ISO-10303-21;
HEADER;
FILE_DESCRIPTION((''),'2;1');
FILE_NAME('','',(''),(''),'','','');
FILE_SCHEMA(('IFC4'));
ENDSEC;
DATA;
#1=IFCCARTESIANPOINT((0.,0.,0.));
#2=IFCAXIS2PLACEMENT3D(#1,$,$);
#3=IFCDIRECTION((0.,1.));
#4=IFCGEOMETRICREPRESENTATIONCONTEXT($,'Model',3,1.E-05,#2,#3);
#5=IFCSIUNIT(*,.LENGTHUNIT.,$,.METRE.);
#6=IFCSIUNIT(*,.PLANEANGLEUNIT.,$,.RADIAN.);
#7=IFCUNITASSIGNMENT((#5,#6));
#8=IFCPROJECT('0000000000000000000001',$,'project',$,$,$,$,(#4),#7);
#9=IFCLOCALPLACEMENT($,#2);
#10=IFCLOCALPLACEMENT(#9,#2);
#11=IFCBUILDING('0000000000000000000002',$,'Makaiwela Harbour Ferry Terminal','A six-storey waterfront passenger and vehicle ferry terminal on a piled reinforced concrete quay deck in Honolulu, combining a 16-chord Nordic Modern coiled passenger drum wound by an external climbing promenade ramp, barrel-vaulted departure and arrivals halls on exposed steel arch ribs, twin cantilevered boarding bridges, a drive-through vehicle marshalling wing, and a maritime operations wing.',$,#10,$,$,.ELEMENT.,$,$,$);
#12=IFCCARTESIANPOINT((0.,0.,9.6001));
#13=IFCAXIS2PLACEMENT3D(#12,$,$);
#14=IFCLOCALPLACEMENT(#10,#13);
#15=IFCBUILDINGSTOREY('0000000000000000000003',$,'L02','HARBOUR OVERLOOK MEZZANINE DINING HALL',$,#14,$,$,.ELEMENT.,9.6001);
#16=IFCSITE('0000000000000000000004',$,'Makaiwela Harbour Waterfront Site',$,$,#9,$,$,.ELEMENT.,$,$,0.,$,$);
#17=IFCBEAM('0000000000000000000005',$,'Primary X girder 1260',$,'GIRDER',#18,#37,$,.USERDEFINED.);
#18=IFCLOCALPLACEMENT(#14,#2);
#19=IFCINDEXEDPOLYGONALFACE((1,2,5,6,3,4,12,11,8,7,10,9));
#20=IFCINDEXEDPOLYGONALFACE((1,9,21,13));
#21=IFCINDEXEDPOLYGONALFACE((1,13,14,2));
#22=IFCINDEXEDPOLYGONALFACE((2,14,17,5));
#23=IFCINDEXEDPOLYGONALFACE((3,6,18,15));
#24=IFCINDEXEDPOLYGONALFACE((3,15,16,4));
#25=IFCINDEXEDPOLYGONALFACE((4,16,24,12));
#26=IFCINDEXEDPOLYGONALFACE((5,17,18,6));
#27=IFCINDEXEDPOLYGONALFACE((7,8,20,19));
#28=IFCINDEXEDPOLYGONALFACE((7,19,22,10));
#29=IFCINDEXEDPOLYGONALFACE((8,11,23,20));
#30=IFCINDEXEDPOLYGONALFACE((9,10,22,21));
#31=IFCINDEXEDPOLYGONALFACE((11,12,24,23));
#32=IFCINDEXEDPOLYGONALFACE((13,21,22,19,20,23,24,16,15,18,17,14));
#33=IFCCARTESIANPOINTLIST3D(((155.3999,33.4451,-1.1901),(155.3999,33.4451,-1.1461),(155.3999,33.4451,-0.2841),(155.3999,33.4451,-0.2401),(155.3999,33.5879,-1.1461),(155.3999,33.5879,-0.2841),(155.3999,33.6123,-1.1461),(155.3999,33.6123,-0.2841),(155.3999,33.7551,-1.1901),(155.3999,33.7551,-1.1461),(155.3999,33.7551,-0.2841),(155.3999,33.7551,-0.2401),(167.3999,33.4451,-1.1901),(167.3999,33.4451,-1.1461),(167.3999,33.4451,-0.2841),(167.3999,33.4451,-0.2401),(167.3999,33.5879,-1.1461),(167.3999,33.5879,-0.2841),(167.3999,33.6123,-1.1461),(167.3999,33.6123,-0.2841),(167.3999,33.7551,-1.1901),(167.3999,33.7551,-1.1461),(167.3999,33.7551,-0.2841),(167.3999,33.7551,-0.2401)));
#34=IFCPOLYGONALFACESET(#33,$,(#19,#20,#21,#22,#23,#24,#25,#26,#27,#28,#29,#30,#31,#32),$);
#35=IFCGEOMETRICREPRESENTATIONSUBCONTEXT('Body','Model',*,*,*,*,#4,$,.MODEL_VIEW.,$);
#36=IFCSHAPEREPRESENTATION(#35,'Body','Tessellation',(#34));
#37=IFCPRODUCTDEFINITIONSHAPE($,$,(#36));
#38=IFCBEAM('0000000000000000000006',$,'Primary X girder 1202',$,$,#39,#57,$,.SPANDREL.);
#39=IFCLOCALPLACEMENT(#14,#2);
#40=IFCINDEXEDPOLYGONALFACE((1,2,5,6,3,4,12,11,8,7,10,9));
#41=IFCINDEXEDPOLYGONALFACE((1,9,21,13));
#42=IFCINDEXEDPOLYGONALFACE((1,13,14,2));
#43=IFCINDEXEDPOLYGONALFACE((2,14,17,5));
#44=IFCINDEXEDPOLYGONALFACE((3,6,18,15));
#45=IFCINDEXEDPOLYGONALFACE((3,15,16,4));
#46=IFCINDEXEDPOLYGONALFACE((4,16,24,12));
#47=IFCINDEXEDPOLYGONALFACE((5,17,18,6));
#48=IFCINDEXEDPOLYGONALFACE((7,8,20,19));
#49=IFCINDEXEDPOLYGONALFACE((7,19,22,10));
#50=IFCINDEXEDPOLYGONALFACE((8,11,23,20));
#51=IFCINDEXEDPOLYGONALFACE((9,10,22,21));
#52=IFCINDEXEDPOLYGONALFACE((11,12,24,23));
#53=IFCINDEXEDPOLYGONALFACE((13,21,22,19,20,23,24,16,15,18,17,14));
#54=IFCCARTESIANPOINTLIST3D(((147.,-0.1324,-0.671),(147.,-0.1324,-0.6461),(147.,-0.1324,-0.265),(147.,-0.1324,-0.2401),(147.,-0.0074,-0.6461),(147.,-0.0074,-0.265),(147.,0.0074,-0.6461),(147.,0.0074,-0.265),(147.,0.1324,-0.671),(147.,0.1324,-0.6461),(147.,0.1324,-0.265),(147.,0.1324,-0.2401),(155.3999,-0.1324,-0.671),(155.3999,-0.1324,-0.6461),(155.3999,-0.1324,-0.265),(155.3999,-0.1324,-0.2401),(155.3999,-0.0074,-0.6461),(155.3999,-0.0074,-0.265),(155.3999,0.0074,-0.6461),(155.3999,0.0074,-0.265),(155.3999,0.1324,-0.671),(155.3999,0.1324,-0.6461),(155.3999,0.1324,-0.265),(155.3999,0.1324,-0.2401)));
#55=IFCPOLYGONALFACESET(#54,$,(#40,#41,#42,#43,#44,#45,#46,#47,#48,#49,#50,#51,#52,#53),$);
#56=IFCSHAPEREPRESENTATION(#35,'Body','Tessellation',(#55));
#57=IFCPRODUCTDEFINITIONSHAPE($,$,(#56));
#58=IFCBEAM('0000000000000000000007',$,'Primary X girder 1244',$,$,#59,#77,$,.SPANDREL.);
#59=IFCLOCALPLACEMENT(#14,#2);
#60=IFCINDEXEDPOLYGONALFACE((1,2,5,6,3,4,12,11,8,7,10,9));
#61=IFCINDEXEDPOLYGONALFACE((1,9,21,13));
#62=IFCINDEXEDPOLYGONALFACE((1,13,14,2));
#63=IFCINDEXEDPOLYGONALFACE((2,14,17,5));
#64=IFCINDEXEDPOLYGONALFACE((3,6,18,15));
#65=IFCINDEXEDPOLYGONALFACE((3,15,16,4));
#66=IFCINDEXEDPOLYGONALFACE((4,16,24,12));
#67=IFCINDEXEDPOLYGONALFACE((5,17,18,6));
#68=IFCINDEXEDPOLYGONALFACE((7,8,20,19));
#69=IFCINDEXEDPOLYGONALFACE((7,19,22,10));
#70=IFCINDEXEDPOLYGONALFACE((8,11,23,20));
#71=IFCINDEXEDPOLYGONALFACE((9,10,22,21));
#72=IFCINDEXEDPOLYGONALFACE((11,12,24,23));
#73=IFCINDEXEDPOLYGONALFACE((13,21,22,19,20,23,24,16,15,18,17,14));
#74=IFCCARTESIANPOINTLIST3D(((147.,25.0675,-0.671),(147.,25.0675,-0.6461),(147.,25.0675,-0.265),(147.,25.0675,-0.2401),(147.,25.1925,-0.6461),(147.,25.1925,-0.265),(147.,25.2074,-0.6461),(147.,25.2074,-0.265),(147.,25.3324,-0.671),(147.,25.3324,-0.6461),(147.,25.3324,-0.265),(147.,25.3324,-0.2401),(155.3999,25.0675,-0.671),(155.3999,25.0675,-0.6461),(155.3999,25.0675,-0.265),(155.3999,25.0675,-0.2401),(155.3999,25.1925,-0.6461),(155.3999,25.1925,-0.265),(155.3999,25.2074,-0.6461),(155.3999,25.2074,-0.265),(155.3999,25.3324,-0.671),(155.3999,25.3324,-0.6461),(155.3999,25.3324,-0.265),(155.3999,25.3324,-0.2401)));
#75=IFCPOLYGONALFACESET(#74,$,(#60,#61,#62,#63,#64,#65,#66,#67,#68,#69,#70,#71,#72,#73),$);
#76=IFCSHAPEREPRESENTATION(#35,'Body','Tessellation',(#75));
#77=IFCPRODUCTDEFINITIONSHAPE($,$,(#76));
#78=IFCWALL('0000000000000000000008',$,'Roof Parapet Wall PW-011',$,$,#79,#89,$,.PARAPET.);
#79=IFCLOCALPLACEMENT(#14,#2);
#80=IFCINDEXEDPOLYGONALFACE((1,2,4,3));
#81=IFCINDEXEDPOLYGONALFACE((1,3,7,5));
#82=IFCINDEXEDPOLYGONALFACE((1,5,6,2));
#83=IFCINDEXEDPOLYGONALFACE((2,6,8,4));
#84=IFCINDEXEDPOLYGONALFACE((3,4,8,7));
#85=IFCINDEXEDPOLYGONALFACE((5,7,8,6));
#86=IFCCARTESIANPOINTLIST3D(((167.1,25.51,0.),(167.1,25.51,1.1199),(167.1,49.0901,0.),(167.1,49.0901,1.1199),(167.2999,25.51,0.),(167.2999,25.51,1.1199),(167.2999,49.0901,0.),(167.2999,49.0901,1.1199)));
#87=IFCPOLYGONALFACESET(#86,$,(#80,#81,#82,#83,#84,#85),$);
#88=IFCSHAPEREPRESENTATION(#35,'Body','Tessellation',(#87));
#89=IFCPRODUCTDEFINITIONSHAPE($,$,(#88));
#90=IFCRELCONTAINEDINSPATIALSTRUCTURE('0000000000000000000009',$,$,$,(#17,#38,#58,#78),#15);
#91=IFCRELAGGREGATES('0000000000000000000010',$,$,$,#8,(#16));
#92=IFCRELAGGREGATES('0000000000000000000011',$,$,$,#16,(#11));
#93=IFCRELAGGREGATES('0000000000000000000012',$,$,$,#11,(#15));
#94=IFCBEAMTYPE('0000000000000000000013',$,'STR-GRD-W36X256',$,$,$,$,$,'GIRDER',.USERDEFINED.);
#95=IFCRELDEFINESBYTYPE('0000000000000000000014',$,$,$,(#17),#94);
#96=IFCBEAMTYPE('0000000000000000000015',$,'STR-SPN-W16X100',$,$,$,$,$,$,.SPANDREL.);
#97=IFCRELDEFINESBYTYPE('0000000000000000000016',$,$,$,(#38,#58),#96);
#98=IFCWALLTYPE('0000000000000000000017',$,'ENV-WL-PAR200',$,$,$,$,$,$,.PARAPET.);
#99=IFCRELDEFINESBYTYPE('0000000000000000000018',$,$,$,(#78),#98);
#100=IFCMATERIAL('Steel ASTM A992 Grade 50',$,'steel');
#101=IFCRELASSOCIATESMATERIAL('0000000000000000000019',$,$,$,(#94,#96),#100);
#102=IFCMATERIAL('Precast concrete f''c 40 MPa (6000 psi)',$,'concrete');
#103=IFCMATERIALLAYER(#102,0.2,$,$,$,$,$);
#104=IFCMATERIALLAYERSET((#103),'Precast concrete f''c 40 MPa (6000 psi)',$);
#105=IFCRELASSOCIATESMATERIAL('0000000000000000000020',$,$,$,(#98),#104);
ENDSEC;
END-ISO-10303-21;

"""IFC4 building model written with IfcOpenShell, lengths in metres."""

from ifc_helpers import new_model, si_unit, direction, frame, frame_2d, origin, origin_2d, place, context, subcontext, project, spatial, rectangle, i_section, extrude, material, layer, layer_set, material_profile, profile_set, type_object, element, save


model = new_model("IFC4")

# Units and contexts
model_context = context("Model", 3, precision=1e-05, world=origin(), true_north=direction((0.0, 1.0)))
body_context = subcontext(model_context, "Body", "Model", "MODEL_VIEW")
ifc_project = project(units=[si_unit("LENGTHUNIT", "METRE"), si_unit("PLANEANGLEUNIT", "RADIAN")], contexts=[model_context])

# Site, building, storey
site_placement = place(None, origin())
site = spatial("IfcSite", under=ifc_project, at=site_placement, Name="Makaiwela Harbour Waterfront Site", CompositionType="ELEMENT", RefElevation=0.0)
building_placement = place(site_placement, origin())
building = spatial("IfcBuilding", under=site, at=building_placement, Name="Makaiwela Harbour Ferry Terminal", Description="A six-storey waterfront passenger and vehicle ferry terminal on a piled reinforced concrete quay deck in Honolulu, combining a 16-chord Nordic Modern coiled passenger drum wound by an external climbing promenade ramp, barrel-vaulted departure and arrivals halls on exposed steel arch ribs, twin cantilevered boarding bridges, a drive-through vehicle marshalling wing, and a maritime operations wing.", CompositionType="ELEMENT")
storey_placement = place(building_placement, frame((0.0, 0.0, 9.6001)))
storey = spatial("IfcBuildingStorey", under=building, at=storey_placement, Name="L02", Description="HARBOUR OVERLOOK MEZZANINE DINING HALL", CompositionType="ELEMENT", Elevation=9.6001)

# Beams
ifc_material_1 = material(Name="Steel ASTM A992 Grade 50", Category="steel")
ifc_material_profile_1 = material_profile(ifc_material_1, i_section(OverallWidth=0.3101, OverallDepth=0.95, WebThickness=0.0244, FlangeThickness=0.0439, at=origin_2d()), Name="W36X256")
ifc_profile_set_1 = profile_set([ifc_material_profile_1], Name="Steel ASTM A992 Grade 50")
beam_type_1 = type_object("IfcBeamType", Name="STR-GRD-W36X256", ElementType="GIRDER", PredefinedType="USERDEFINED", material=ifc_profile_set_1)
beam_1_placement = place(storey_placement, frame((155.3999, 33.6001, -0.7151), z_axis=(1.0, 0.0, 0.0), x_axis=(0.0, 1.0, 0.0)))
element("IfcBeam", 1, at=beam_1_placement, inside=storey, type_object=beam_type_1, Name="Primary X girder 1260", ObjectType="GIRDER", PredefinedType="USERDEFINED", context=body_context, shape_type="SweptSolid", body=[
    extrude(i_section(OverallWidth=0.3101, OverallDepth=0.95, WebThickness=0.0244, FlangeThickness=0.0439, at=origin_2d()), origin(), (0.0, 0.0, 1.0), 12.0),
])
ifc_material_profile_2 = material_profile(ifc_material_1, i_section(OverallWidth=0.2649, OverallDepth=0.4309, WebThickness=0.0149, FlangeThickness=0.0249, at=origin_2d()), Name="W16X100")
ifc_profile_set_2 = profile_set([ifc_material_profile_2], Name="Steel ASTM A992 Grade 50")
beam_type_2 = type_object("IfcBeamType", Name="STR-SPN-W16X100", PredefinedType="SPANDREL", material=ifc_profile_set_2)
for number, where, z_axis, x_axis, name in (
    (2, (147.0, 0.0, -0.4556), (1.0, 0.0, 0.0), (0.0, 1.0, 0.0), "Primary X girder 1202"),
    (3, (147.0, 25.2, -0.4556), (1.0, 0.0, 0.0), (0.0, 1.0, 0.0), "Primary X girder 1244"),
):
    element("IfcBeam", number, at=place(storey_placement, frame(where, z_axis=z_axis, x_axis=x_axis)), inside=storey, type_object=beam_type_2, Name=name, PredefinedType="SPANDREL", context=body_context, shape_type="SweptSolid", body=[
        extrude(i_section(OverallWidth=0.2649, OverallDepth=0.4309, WebThickness=0.0149, FlangeThickness=0.0249, at=origin_2d()), origin(), (0.0, 0.0, 1.0), 8.3999),
    ])

# Wall
ifc_material_2 = material(Name="Precast concrete f'c 40 MPa (6000 psi)", Category="concrete")
ifc_layer = layer(ifc_material_2, 0.2)
ifc_layer_set = layer_set([ifc_layer], Name="Precast concrete f'c 40 MPa (6000 psi)")
wall_type = type_object("IfcWallType", Name="ENV-WL-PAR200", PredefinedType="PARAPET", material=ifc_layer_set)
wall_placement = place(storey_placement, frame((167.2, 25.51, 0.0), z_axis=(0.0, 0.0, 1.0), x_axis=(0.0, 1.0, 0.0)))
element("IfcWall", 4, at=wall_placement, inside=storey, type_object=wall_type, Name="Roof Parapet Wall PW-011", PredefinedType="PARAPET", context=body_context, shape_type="SweptSolid", body=[
    extrude(rectangle(XDim=23.5801, YDim=0.2, at=frame_2d((11.79, 0.0))), origin(), (0.0, 0.0, 1.0), 1.1199),
])

save(model, "model.ifc")
